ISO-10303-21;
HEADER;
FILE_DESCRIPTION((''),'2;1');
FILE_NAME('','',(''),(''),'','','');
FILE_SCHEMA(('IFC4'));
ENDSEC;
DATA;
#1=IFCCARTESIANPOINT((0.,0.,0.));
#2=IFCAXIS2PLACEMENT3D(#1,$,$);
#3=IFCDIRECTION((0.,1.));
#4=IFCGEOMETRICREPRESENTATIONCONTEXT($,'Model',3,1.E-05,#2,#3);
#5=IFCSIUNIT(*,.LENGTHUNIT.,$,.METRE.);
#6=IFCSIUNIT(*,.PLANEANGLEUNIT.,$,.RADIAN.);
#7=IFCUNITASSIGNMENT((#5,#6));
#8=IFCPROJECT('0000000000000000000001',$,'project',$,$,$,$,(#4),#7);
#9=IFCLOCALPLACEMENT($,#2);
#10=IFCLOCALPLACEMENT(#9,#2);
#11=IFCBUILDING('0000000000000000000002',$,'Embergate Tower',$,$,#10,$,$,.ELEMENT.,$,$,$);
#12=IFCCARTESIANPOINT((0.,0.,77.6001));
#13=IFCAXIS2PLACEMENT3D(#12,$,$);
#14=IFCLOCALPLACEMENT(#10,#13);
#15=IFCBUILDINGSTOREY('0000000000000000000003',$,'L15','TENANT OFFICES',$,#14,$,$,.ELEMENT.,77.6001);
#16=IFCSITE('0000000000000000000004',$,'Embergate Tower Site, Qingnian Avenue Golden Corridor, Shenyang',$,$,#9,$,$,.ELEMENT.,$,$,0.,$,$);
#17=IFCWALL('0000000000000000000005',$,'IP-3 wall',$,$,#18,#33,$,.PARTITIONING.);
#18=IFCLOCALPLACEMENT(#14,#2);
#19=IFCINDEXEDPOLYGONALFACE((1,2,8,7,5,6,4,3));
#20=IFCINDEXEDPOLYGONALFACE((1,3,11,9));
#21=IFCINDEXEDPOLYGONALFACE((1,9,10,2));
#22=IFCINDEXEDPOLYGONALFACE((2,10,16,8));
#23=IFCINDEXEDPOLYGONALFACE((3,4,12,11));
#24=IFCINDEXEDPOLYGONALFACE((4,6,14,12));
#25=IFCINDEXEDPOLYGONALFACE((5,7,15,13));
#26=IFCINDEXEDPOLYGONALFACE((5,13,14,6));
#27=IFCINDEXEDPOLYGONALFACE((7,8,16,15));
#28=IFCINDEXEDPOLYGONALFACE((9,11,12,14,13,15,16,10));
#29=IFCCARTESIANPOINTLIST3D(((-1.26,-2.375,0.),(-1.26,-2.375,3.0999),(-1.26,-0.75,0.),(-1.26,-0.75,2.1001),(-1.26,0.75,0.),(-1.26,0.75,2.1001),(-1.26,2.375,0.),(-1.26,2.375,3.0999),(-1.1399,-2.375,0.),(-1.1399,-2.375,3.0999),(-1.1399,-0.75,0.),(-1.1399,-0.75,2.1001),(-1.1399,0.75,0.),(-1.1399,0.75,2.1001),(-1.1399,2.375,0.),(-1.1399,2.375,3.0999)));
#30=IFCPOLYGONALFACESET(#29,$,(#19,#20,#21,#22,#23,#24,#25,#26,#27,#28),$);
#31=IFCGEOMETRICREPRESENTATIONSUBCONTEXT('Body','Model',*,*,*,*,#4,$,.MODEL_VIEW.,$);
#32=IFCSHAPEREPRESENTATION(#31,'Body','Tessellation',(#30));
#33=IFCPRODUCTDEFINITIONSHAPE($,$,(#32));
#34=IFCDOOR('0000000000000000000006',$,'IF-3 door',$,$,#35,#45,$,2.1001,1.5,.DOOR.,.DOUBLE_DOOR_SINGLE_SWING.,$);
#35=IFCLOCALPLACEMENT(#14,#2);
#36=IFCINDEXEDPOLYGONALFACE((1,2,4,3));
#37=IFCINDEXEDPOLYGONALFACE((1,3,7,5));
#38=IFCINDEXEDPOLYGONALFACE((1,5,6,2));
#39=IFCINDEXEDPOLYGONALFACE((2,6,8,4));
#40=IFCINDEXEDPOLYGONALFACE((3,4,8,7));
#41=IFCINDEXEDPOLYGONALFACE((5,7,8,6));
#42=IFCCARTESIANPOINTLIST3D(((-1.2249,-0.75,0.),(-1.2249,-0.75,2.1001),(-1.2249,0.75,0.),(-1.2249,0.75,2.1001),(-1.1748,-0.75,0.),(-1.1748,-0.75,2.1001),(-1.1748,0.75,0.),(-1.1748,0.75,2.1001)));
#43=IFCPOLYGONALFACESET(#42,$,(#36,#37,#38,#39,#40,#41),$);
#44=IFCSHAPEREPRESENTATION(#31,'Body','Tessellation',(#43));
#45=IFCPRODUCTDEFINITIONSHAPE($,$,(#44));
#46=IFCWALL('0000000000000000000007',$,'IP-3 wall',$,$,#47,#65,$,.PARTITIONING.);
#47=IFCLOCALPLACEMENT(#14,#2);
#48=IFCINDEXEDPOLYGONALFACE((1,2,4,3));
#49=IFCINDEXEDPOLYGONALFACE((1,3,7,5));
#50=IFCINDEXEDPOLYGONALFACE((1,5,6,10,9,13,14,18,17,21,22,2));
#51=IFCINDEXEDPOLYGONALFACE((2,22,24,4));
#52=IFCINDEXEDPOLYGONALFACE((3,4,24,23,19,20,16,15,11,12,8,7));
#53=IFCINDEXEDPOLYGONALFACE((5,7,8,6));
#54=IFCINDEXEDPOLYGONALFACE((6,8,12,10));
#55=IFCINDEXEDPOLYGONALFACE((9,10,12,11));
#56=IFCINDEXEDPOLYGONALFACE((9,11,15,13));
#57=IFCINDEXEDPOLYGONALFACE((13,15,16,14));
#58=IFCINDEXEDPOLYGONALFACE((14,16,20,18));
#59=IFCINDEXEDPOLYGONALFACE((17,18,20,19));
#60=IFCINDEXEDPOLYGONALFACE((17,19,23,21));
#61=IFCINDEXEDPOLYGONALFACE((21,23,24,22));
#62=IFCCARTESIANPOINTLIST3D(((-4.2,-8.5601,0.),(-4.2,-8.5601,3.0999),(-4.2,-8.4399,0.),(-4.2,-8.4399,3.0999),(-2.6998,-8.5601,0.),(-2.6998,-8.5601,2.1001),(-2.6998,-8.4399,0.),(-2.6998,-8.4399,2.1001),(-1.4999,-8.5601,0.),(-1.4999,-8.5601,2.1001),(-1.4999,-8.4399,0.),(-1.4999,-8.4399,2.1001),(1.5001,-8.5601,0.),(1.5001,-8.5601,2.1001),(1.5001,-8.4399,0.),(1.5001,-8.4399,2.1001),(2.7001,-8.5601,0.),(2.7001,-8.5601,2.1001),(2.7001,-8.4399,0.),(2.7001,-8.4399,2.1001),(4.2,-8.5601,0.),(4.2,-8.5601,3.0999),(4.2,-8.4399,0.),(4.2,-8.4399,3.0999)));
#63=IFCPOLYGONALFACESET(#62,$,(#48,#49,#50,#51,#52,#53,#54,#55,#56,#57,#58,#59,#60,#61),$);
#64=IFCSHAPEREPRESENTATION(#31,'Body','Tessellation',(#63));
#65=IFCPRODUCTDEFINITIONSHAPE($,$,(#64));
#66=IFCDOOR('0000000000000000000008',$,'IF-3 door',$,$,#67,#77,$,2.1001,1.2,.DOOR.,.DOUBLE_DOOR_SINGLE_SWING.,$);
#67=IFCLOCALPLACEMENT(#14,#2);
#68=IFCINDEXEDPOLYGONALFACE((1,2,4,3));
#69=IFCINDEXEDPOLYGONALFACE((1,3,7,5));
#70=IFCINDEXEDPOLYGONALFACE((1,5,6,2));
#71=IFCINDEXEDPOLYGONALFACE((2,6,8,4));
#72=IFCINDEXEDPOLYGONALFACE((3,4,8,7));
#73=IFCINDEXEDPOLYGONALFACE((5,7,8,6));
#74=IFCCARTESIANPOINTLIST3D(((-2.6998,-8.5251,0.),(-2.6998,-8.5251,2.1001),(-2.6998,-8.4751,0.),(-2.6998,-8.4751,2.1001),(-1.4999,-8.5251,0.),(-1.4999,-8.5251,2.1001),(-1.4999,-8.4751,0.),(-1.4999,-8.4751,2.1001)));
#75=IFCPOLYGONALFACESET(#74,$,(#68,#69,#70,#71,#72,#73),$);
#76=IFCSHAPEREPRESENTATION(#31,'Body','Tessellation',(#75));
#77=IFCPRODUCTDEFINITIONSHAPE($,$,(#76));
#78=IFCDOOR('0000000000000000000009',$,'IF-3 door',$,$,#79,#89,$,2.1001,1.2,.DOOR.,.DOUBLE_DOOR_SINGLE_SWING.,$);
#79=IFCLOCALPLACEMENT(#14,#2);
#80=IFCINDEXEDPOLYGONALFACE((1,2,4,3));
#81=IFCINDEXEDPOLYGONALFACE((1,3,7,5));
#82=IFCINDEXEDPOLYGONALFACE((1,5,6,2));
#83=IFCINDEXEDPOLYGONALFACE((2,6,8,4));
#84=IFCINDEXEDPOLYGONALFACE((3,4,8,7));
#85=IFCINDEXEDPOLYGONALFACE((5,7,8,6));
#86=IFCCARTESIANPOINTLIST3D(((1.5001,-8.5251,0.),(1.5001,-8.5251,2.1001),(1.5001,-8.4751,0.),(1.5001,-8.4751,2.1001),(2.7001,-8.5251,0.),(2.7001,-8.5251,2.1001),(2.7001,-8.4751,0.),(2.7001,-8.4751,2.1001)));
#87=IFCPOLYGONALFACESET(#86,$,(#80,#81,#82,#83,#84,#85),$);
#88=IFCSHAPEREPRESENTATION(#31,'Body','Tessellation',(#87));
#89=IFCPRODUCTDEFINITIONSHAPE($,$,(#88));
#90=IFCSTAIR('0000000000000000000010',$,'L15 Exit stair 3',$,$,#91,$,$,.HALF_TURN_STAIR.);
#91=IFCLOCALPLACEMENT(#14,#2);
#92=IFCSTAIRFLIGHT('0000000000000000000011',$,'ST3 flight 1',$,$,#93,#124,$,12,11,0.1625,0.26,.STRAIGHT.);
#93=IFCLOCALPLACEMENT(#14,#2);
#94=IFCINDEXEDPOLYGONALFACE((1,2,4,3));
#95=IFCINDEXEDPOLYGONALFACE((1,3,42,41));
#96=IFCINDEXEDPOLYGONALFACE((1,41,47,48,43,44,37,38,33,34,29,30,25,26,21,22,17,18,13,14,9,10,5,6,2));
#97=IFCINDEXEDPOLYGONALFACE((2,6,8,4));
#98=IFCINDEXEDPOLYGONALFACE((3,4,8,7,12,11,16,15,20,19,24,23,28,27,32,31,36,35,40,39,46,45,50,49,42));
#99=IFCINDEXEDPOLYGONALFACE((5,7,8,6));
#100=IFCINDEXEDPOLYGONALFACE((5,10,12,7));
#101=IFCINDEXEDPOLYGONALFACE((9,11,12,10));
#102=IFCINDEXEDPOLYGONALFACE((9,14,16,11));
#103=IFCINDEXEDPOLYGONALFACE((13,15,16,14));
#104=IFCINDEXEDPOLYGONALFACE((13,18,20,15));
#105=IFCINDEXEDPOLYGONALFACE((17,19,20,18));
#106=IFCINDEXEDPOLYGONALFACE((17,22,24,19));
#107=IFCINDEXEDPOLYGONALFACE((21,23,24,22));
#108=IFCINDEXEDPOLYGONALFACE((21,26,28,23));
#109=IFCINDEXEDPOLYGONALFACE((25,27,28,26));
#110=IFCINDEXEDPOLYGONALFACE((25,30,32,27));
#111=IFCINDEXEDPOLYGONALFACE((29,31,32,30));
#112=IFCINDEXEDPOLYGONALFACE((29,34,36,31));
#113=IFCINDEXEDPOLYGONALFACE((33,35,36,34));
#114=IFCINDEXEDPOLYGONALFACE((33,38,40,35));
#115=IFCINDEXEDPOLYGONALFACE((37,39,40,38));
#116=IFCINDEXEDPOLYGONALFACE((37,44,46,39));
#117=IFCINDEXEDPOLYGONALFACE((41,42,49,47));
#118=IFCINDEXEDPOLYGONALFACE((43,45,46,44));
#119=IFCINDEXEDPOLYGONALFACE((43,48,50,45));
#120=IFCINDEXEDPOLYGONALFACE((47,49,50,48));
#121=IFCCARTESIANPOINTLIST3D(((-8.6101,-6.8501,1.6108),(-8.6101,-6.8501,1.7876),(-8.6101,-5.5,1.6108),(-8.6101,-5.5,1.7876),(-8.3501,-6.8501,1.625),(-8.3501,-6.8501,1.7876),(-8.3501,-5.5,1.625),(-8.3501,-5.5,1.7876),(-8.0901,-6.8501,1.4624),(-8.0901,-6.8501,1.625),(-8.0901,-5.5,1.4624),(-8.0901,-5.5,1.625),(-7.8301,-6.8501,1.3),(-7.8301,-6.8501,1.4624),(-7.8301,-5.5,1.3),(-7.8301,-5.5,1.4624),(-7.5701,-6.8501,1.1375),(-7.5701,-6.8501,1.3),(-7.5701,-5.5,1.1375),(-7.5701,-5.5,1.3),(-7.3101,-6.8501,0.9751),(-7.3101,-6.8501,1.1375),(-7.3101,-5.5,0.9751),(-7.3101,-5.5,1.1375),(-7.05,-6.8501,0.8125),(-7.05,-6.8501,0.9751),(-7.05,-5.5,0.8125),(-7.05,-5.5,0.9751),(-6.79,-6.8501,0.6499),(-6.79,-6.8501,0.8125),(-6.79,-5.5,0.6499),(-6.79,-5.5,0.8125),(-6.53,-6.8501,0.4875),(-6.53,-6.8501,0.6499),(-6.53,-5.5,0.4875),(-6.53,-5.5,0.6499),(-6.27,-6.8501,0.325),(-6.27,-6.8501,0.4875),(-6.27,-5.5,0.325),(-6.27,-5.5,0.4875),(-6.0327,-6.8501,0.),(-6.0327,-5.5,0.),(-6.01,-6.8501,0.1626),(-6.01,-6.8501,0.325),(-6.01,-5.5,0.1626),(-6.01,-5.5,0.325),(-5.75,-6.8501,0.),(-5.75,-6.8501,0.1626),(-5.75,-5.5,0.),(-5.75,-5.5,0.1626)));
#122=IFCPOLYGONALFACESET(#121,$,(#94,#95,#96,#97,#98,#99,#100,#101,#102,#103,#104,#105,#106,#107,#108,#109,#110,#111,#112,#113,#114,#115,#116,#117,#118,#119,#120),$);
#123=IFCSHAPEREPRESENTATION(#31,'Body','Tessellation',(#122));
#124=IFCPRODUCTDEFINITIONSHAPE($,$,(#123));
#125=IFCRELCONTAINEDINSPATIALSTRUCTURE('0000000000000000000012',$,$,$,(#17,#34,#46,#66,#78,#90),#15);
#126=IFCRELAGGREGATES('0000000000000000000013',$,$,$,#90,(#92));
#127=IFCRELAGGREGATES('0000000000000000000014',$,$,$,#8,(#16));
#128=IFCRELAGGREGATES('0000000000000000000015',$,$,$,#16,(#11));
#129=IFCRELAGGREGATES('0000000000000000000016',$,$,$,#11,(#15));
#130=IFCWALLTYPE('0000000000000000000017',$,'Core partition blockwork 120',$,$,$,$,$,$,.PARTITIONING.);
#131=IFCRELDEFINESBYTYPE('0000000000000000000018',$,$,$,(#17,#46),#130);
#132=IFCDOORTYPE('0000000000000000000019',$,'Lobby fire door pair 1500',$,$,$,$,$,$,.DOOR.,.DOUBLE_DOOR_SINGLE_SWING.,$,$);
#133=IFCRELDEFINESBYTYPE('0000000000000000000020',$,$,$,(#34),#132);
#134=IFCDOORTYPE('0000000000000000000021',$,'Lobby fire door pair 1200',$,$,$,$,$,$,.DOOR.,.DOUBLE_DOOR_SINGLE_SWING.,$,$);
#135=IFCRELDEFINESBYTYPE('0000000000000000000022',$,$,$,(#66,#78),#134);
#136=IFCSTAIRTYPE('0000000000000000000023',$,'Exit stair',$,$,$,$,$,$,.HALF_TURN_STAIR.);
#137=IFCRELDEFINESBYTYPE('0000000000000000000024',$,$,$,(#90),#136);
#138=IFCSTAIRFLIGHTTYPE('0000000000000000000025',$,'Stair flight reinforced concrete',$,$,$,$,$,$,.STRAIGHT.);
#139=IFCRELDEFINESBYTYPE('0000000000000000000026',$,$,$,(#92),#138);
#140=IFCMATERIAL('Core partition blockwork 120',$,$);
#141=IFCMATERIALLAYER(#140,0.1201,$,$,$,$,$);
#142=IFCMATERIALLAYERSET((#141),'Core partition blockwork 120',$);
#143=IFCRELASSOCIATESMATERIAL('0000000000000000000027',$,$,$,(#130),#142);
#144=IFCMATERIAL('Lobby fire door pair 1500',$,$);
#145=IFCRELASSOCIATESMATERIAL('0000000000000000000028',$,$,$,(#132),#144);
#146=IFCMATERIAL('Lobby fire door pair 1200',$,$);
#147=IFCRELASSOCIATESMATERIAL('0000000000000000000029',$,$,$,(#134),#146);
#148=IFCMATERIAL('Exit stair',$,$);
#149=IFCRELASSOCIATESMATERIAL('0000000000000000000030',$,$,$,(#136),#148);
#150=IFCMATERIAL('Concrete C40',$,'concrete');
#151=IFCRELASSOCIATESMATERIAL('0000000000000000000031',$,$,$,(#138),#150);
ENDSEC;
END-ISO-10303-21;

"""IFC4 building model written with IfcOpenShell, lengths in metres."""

from ifc_helpers import new_model, si_unit, direction, frame, frame_2d, origin, place, context, subcontext, project, spatial, polyline, rectangle, outline, extrude, source, transform, mapped, material, layer, layer_set, type_object, element, fill, aggregate, save


model = new_model("IFC4")

# Units and contexts
model_context = context("Model", 3, precision=1e-05, world=origin(), true_north=direction((0.0, 1.0)))
body_context = subcontext(model_context, "Body", "Model", "MODEL_VIEW")
ifc_project = project(units=[si_unit("LENGTHUNIT", "METRE"), si_unit("PLANEANGLEUNIT", "RADIAN")], contexts=[model_context])

# Site, building, storey
site_placement = place(None, origin())
site = spatial("IfcSite", under=ifc_project, at=site_placement, Name="Embergate Tower Site, Qingnian Avenue Golden Corridor, Shenyang", CompositionType="ELEMENT", RefElevation=0.0)
building_placement = place(site_placement, origin())
building = spatial("IfcBuilding", under=site, at=building_placement, Name="Embergate Tower", CompositionType="ELEMENT")
storey_placement = place(building_placement, frame((0.0, 0.0, 77.6001)))
storey = spatial("IfcBuildingStorey", under=building, at=storey_placement, Name="L15", Description="TENANT OFFICES", CompositionType="ELEMENT", Elevation=77.6001)

# Shared definitions
shared_shape_1 = source(origin(), body_context, "Body", "SweptSolid", [
    extrude(rectangle(XDim=1.2, YDim=2.1001, at=frame_2d((0.6001, 1.05))), frame((0.0, 0.0249, 0.0), z_axis=(0.0, -1.0, 0.0), x_axis=(1.0, 0.0, 0.0)), (0.0, 0.0, 1.0), 0.05),
])
ifc_material_1 = material(Name="Core partition blockwork 120")
ifc_layer_1 = layer(ifc_material_1, 0.1201)
ifc_layer_set_1 = layer_set([ifc_layer_1], Name="Core partition blockwork 120")
wall_type_1 = type_object("IfcWallType", Name="Core partition blockwork 120", PredefinedType="PARTITIONING", material=ifc_layer_set_1)

# Wall, opening, door
shared_shape_2 = source(origin(), body_context, "Body", "SweptSolid", [
    extrude(rectangle(XDim=4.75, YDim=0.1201, at=frame_2d((2.375, 0.0))), origin(), (0.0, 0.0, 1.0), 3.0999),
])
wall_1_placement = place(storey_placement, frame((-1.2, -2.375, 0.0), z_axis=(0.0, 0.0, 1.0), x_axis=(0.0, 1.0, 0.0)))
wall_1 = element("IfcWall", 1, at=wall_1_placement, inside=storey, type_object=wall_type_1, Name="IP-3 wall", PredefinedType="PARTITIONING", context=body_context, shape_type="MappedRepresentation", body=[
    mapped(shared_shape_2, transform((0.0, 0.0, 0.0))),
])
shared_shape_3 = source(origin(), body_context, "Body", "SweptSolid", [
    extrude(rectangle(XDim=1.5, YDim=2.1001, at=frame_2d((0.75, 1.05))), frame((0.0, 0.0701, 0.0), z_axis=(0.0, -1.0, 0.0), x_axis=(1.0, 0.0, 0.0)), (0.0, 0.0, 1.0), 0.1401),
])
opening_1_placement = place(wall_1_placement, frame((1.625, 0.0, 0.0)))
opening_1 = element("IfcOpeningElement", 2, at=opening_1_placement, cuts=wall_1, PredefinedType="OPENING", context=body_context, shape_type="MappedRepresentation", body=[
    mapped(shared_shape_3, transform((0.0, 0.0, 0.0))),
])
ifc_material_2 = material(Name="Lobby fire door pair 1500")
door_type_1 = type_object("IfcDoorType", Name="Lobby fire door pair 1500", OperationType="DOUBLE_DOOR_SINGLE_SWING", PredefinedType="DOOR", material=ifc_material_2)
shared_shape_4 = source(origin(), body_context, "Body", "SweptSolid", [
    extrude(rectangle(XDim=1.5, YDim=2.1001, at=frame_2d((0.75, 1.05))), frame((0.0, 0.0249, 0.0), z_axis=(0.0, -1.0, 0.0), x_axis=(1.0, 0.0, 0.0)), (0.0, 0.0, 1.0), 0.05),
])
door_1_placement = place(opening_1_placement, origin())
door_1 = element("IfcDoor", 3, at=door_1_placement, inside=storey, type_object=door_type_1, Name="IF-3 door", OperationType="DOUBLE_DOOR_SINGLE_SWING", OverallHeight=2.1001, OverallWidth=1.5, PredefinedType="DOOR", context=body_context, shape_type="MappedRepresentation", body=[
    mapped(shared_shape_4, transform((0.0, 0.0, 0.0))),
])
fill(opening_1, door_1)

# Wall, openings, doors
shared_shape_5 = source(origin(), body_context, "Body", "SweptSolid", [
    extrude(rectangle(XDim=8.3999, YDim=0.1201, at=frame_2d((4.2, 0.0))), origin(), (0.0, 0.0, 1.0), 3.0999),
])
wall_2_placement = place(storey_placement, frame((-4.2, -8.5, 0.0), z_axis=(0.0, 0.0, 1.0), x_axis=(1.0, 0.0, 0.0)))
wall_2 = element("IfcWall", 4, at=wall_2_placement, inside=storey, type_object=wall_type_1, Name="IP-3 wall", PredefinedType="PARTITIONING", context=body_context, shape_type="MappedRepresentation", body=[
    mapped(shared_shape_5, transform((0.0, 0.0, 0.0))),
])
shared_shape_6 = source(origin(), body_context, "Body", "SweptSolid", [
    extrude(rectangle(XDim=1.2, YDim=2.1001, at=frame_2d((0.6001, 1.05))), frame((0.0, 0.0701, 0.0), z_axis=(0.0, -1.0, 0.0), x_axis=(1.0, 0.0, 0.0)), (0.0, 0.0, 1.0), 0.1401),
])
opening_2_placement = place(wall_2_placement, frame((1.5, 0.0, 0.0)))
opening_2 = element("IfcOpeningElement", 5, at=opening_2_placement, cuts=wall_2, PredefinedType="OPENING", context=body_context, shape_type="MappedRepresentation", body=[
    mapped(shared_shape_6, transform((0.0, 0.0, 0.0))),
])
opening_3_placement = place(wall_2_placement, frame((5.7, 0.0, 0.0)))
opening_3 = element("IfcOpeningElement", 6, at=opening_3_placement, cuts=wall_2, PredefinedType="OPENING", context=body_context, shape_type="MappedRepresentation", body=[
    mapped(shared_shape_6, transform((0.0, 0.0, 0.0))),
])
ifc_material_3 = material(Name="Lobby fire door pair 1200")
door_type_2 = type_object("IfcDoorType", Name="Lobby fire door pair 1200", OperationType="DOUBLE_DOOR_SINGLE_SWING", PredefinedType="DOOR", material=ifc_material_3)
door_2_placement = place(opening_2_placement, origin())
door_2 = element("IfcDoor", 7, at=door_2_placement, inside=storey, type_object=door_type_2, Name="IF-3 door", OperationType="DOUBLE_DOOR_SINGLE_SWING", OverallHeight=2.1001, OverallWidth=1.2, PredefinedType="DOOR", context=body_context, shape_type="MappedRepresentation", body=[
    mapped(shared_shape_1, transform((0.0, 0.0, 0.0))),
])
fill(opening_2, door_2)
door_3_placement = place(opening_3_placement, origin())
door_3 = element("IfcDoor", 8, at=door_3_placement, inside=storey, type_object=door_type_2, Name="IF-3 door", OperationType="DOUBLE_DOOR_SINGLE_SWING", OverallHeight=2.1001, OverallWidth=1.2, PredefinedType="DOOR", context=body_context, shape_type="MappedRepresentation", body=[
    mapped(shared_shape_1, transform((0.0, 0.0, 0.0))),
])
fill(opening_3, door_3)

# Stair, stair flight
ifc_material_4 = material(Name="Exit stair")
stair_type = type_object("IfcStairType", Name="Exit stair", PredefinedType="HALF_TURN_STAIR", material=ifc_material_4)
stair_placement = place(storey_placement, origin())
stair = element("IfcStair", 9, at=stair_placement, inside=storey, type_object=stair_type, Name="L15 Exit stair 3", PredefinedType="HALF_TURN_STAIR")
ifc_material_5 = material(Name="Concrete C40", Category="concrete")
stair_flight_type = type_object("IfcStairFlightType", Name="Stair flight reinforced concrete", PredefinedType="STRAIGHT", material=ifc_material_5)
shared_shape_7 = source(origin(), body_context, "Body", "SweptSolid", [
    extrude(outline(polyline([(0.0, 0.0), (0.0, 0.1626), (0.26, 0.1626), (0.26, 0.325), (0.52, 0.325), (0.52, 0.4875), (0.78, 0.4875), (0.78, 0.6499), (1.04, 0.6499), (1.04, 0.8125), (1.3, 0.8125), (1.3, 0.9751), (1.5601, 0.9751), (1.5601, 1.1375), (1.8201, 1.1375), (1.8201, 1.3), (2.0801, 1.3), (2.0801, 1.4624), (2.3401, 1.4624), (2.3401, 1.625), (2.6001, 1.625), (2.6001, 1.7876), (2.8601, 1.7876), (2.8601, 1.95), (2.8601, 1.6108), (0.2827, 0.0), (0.0, 0.0)])), frame((0.0, 0.675, 0.0), z_axis=(0.0, -1.0, 0.0), x_axis=(1.0, 0.0, 0.0)), (0.0, 0.0, 1.0), 1.3501),
])
stair_flight_placement = place(storey_placement, frame((-5.75, -6.175, 0.0), z_axis=(0.0, 0.0, 1.0), x_axis=(-1.0, 0.0, 0.0)))
stair_flight = element("IfcStairFlight", 10, at=stair_flight_placement, type_object=stair_flight_type, Name="ST3 flight 1", NumberOfRisers=12, NumberOfTreads=11, PredefinedType="STRAIGHT", RiserHeight=0.1625, TreadLength=0.26, context=body_context, shape_type="MappedRepresentation", body=[
    mapped(shared_shape_7, transform((0.0, 0.0, 0.0))),
])
aggregate(stair, [stair_flight])

save(model, "model.ifc")
